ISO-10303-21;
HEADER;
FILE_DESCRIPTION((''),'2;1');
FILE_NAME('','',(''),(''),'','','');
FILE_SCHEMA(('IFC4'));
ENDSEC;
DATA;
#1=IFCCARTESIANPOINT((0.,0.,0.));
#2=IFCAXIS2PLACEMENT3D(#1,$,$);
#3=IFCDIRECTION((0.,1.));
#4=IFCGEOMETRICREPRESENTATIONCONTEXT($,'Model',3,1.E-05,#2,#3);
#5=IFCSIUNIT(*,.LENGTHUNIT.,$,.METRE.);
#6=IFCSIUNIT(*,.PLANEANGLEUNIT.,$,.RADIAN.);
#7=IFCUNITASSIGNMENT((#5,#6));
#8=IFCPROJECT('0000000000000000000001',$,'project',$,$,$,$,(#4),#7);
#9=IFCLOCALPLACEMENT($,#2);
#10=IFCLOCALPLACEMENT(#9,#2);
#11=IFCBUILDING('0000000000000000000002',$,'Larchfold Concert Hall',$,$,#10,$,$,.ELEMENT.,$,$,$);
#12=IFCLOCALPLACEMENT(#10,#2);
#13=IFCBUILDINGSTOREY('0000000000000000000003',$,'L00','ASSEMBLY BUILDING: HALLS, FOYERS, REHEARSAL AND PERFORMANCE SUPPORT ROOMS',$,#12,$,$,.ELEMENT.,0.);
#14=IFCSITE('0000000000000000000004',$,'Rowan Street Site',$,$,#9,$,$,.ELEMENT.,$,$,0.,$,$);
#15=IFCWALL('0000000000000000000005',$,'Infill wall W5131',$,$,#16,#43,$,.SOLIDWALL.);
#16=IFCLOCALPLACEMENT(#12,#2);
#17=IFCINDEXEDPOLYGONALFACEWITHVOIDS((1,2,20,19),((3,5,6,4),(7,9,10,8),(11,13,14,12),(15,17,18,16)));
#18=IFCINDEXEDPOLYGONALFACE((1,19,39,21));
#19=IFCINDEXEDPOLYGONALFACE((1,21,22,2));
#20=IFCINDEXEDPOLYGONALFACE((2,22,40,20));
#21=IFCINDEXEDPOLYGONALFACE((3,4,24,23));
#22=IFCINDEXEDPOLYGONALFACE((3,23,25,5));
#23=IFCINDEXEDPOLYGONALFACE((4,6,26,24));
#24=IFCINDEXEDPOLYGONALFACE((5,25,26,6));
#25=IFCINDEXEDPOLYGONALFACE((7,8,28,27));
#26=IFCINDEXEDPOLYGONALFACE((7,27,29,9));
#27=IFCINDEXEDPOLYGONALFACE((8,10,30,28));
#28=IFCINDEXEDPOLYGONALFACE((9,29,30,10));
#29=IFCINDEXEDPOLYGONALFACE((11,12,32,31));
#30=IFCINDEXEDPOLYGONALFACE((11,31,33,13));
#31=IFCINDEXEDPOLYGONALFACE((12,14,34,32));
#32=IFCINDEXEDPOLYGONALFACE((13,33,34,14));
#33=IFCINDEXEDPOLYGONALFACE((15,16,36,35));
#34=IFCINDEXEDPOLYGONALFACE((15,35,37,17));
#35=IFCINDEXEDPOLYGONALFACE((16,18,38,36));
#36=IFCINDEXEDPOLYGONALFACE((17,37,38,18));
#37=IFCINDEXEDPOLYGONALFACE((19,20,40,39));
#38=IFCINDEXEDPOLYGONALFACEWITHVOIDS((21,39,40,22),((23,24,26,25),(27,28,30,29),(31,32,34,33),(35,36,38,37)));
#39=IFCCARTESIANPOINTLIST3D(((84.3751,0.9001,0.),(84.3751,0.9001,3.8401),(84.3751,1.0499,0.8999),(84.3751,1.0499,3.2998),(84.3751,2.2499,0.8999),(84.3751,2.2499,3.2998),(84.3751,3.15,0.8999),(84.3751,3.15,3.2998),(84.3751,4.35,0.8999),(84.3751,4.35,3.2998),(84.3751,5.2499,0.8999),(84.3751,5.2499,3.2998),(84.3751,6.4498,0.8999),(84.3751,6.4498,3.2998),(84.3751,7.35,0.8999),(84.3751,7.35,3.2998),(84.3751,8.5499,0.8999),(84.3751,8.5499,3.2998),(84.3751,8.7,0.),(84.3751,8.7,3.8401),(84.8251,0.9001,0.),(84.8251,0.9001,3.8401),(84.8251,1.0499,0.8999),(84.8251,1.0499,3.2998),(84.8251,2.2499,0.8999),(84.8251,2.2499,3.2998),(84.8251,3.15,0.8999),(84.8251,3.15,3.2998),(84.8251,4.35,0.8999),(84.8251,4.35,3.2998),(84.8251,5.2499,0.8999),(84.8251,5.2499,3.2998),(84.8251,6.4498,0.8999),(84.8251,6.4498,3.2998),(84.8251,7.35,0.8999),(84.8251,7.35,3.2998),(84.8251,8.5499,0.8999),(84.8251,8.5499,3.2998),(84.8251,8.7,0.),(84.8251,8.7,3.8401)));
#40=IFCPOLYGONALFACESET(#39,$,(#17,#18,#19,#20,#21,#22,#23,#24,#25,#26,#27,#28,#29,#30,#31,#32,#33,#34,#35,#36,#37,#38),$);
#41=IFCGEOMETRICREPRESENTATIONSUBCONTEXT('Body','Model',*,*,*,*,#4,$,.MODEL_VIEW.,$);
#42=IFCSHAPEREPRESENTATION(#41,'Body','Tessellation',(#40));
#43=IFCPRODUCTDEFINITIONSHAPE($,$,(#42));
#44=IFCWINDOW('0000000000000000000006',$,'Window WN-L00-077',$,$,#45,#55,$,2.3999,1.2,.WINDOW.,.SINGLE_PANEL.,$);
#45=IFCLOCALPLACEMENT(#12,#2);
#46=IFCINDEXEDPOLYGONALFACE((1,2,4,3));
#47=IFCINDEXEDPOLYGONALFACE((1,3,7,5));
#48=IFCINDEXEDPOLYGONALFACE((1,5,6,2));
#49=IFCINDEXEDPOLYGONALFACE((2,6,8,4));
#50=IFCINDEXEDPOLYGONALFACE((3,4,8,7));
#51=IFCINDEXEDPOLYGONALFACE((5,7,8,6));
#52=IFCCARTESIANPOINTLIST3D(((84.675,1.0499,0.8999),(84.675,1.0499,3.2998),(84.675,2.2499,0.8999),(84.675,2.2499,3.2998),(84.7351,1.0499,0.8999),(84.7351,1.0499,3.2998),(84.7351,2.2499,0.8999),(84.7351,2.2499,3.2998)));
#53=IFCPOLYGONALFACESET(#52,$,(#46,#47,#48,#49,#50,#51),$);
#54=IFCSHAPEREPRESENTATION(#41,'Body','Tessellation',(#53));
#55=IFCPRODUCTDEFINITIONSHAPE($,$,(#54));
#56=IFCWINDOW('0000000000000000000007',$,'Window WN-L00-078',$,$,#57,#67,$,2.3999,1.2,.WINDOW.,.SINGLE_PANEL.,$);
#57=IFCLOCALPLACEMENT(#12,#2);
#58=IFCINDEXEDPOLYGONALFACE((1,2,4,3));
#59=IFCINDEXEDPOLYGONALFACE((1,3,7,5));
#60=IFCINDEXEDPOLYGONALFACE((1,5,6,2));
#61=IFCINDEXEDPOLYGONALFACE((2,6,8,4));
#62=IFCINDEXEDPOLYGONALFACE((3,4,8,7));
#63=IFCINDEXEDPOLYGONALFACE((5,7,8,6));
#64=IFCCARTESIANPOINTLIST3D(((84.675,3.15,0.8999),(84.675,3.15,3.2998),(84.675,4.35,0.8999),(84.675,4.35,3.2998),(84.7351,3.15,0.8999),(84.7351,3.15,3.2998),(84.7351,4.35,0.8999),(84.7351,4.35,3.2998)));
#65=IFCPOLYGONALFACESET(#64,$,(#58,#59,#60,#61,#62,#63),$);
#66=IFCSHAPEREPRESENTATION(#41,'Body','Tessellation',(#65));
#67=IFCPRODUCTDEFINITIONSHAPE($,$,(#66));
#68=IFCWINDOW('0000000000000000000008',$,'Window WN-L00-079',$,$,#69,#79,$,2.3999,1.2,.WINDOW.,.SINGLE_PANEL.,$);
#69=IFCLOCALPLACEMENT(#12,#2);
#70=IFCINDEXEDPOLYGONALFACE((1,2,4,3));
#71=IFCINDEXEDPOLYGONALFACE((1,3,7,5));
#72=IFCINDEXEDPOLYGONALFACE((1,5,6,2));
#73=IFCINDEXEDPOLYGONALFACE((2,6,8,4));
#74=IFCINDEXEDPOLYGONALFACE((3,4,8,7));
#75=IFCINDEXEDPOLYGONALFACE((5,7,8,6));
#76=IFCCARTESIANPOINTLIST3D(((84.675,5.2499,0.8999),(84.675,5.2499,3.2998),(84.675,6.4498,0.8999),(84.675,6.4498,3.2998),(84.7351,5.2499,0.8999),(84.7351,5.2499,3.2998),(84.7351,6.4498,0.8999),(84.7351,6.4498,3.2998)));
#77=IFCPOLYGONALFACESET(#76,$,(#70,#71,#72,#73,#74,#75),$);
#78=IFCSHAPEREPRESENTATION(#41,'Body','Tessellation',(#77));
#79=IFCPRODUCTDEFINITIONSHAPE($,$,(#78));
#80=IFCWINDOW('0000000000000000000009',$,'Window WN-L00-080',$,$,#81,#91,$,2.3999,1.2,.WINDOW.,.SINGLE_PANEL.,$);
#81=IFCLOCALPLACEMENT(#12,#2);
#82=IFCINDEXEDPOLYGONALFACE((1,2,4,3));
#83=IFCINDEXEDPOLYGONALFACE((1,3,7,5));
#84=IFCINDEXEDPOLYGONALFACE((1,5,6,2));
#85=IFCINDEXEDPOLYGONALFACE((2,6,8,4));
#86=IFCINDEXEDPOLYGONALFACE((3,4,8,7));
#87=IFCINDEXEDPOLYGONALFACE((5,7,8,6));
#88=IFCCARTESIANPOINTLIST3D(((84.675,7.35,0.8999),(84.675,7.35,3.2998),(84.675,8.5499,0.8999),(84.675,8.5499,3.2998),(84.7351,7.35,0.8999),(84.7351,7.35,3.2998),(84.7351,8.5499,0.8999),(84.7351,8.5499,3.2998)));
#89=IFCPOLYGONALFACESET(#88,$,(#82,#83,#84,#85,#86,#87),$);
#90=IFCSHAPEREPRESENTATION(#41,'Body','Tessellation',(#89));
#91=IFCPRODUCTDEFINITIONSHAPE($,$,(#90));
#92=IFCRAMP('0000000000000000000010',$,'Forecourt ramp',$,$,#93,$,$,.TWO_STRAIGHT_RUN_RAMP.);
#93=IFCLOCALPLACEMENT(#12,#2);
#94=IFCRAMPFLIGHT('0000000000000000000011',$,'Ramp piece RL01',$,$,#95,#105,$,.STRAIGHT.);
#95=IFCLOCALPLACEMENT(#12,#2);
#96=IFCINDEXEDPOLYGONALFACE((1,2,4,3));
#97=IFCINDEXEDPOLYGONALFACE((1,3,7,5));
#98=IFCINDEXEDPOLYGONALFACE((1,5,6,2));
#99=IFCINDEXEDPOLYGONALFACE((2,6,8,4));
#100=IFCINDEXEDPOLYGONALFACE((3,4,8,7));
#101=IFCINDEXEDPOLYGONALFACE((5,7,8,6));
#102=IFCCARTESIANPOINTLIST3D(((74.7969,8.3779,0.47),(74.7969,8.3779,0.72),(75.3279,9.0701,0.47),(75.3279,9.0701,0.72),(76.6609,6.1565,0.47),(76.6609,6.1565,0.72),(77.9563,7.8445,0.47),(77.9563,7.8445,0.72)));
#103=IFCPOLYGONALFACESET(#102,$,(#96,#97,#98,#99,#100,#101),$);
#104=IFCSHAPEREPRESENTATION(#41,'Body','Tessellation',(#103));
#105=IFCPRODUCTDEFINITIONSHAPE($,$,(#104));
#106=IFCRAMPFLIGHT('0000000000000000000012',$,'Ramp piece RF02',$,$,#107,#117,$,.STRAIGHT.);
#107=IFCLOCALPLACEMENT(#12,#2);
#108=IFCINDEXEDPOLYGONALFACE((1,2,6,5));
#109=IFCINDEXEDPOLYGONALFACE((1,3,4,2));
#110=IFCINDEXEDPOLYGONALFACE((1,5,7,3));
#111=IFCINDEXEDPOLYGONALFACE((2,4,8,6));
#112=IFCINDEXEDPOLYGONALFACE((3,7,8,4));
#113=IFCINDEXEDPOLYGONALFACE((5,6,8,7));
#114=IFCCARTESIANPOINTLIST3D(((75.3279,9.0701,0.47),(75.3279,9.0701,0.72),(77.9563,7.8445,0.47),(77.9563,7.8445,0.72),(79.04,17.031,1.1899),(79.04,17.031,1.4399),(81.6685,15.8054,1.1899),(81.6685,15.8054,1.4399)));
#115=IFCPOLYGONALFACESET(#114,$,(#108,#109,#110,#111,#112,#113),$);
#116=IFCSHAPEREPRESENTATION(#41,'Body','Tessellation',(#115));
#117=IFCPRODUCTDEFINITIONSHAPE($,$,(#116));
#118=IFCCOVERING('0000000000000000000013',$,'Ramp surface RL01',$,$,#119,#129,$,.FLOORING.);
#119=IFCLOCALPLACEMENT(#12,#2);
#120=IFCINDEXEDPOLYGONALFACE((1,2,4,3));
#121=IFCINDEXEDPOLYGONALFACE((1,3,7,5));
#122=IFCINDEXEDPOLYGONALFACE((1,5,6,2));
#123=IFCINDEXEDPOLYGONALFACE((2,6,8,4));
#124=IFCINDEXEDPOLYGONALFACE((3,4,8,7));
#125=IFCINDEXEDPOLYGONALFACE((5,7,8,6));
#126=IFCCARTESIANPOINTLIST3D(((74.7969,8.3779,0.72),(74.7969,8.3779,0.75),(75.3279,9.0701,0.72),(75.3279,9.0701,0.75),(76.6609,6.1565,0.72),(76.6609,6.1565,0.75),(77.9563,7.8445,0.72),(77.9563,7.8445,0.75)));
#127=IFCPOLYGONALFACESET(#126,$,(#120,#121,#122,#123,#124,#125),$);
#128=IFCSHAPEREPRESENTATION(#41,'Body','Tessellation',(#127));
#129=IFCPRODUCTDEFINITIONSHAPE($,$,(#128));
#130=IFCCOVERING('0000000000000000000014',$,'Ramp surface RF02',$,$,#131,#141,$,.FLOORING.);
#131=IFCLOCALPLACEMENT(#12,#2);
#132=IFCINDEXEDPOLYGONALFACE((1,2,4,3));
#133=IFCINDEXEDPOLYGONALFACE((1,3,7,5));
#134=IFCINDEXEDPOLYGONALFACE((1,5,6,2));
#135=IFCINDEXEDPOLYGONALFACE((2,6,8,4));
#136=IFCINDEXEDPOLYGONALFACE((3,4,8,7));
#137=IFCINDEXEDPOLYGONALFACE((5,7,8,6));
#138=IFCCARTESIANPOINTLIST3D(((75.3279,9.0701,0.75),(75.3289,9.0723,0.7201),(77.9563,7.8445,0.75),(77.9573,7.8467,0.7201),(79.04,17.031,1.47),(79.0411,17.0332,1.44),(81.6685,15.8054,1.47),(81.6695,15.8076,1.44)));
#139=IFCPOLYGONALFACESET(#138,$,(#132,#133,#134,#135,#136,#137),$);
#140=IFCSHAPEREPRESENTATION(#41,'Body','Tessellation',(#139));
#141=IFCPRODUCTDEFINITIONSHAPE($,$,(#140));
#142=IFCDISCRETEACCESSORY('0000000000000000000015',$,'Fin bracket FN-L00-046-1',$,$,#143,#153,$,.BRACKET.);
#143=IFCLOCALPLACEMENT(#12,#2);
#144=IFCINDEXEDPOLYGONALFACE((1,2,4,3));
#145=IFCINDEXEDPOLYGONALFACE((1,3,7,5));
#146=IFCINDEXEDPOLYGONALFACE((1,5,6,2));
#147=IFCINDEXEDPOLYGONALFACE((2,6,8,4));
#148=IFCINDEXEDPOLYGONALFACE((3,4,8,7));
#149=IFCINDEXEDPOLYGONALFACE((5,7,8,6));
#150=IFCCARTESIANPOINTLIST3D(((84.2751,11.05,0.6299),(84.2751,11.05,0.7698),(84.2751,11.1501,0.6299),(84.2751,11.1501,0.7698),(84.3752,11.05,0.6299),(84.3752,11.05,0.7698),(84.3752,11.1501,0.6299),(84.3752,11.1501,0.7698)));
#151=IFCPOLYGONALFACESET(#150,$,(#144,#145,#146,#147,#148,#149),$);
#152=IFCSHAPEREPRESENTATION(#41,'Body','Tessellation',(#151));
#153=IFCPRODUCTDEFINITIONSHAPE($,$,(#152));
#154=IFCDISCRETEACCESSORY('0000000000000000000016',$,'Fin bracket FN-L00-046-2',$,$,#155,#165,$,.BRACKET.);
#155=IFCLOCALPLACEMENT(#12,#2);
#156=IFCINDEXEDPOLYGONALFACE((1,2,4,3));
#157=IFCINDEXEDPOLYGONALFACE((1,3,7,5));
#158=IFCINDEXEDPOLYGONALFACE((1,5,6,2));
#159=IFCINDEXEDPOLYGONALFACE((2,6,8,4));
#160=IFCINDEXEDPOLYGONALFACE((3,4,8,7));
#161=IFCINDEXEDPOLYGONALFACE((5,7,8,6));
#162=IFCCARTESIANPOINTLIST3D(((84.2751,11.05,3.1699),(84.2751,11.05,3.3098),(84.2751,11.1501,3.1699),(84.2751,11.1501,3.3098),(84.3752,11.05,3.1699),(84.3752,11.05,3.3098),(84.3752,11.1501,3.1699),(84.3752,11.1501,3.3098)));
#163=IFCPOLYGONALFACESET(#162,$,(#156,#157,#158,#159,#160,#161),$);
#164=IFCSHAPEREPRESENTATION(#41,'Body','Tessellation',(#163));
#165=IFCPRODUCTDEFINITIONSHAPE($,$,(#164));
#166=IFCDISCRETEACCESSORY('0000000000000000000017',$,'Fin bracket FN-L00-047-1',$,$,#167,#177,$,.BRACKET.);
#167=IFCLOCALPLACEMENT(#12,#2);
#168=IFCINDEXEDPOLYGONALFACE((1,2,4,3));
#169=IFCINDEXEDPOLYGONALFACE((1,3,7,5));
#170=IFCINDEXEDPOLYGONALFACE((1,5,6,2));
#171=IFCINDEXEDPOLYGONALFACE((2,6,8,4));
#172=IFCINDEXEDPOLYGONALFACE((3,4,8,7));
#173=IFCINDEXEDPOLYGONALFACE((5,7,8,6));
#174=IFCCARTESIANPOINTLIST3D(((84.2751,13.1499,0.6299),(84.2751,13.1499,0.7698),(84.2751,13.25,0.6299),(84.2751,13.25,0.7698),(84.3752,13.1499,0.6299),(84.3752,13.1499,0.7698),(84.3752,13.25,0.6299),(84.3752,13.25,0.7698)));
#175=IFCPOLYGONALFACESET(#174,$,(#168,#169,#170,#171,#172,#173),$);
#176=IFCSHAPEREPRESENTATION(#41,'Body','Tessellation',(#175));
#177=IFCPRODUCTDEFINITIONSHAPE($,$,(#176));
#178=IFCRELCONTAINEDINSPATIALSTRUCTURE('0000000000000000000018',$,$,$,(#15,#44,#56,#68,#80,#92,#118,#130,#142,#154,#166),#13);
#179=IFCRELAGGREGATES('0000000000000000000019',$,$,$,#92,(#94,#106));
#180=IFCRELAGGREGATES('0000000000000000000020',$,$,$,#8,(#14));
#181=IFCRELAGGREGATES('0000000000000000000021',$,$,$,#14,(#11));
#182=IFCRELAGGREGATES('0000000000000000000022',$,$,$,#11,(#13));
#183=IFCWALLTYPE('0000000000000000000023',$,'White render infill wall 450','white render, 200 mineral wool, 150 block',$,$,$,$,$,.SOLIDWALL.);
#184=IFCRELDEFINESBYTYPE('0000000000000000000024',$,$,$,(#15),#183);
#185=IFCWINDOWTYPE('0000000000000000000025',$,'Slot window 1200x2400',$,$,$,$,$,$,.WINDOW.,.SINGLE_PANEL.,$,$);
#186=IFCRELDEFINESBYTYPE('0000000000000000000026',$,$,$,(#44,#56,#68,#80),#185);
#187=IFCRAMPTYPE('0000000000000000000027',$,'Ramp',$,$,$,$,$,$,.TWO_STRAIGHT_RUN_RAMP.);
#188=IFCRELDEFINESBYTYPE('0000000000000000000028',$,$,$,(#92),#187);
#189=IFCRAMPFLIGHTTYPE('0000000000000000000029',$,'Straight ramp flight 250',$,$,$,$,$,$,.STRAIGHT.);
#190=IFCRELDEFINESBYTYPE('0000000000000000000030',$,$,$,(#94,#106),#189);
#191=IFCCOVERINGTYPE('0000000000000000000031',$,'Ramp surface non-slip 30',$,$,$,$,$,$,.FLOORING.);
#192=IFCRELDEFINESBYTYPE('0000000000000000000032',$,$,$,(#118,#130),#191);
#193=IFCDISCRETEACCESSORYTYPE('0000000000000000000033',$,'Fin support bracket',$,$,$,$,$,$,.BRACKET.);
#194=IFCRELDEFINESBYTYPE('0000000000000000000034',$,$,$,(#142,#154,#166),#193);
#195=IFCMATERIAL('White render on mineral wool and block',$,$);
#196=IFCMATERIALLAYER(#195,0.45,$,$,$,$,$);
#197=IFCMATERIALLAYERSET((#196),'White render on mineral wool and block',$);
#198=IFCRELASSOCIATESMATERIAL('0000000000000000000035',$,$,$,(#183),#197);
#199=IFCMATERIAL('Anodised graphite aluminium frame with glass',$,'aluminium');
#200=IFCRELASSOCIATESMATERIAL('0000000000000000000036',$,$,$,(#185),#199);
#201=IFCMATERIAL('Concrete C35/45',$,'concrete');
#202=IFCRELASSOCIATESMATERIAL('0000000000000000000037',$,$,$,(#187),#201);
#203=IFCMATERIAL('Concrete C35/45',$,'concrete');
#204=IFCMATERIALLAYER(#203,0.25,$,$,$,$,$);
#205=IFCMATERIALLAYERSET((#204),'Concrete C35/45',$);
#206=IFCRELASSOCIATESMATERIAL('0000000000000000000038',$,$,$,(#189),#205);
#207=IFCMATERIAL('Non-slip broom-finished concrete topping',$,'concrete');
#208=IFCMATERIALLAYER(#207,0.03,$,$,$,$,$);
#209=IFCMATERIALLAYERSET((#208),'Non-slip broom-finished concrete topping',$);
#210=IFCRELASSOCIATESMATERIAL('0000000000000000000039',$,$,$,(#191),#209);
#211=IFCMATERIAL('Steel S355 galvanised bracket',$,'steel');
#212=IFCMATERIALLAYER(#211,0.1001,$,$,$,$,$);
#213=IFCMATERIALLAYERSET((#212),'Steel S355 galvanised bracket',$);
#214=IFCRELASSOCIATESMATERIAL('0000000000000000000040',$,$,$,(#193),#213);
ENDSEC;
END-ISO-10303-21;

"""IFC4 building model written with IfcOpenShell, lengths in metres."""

from ifc_helpers import new_model, si_unit, direction, frame, frame_2d, origin, origin_2d, place, context, subcontext, project, spatial, polyline, rectangle, outline, extrude, material, layer, layer_set, type_object, element, fill, aggregate, save


model = new_model("IFC4")

# Units and contexts
model_context = context("Model", 3, precision=1e-05, world=origin(), true_north=direction((0.0, 1.0)))
body_context = subcontext(model_context, "Body", "Model", "MODEL_VIEW")
ifc_project = project(units=[si_unit("LENGTHUNIT", "METRE"), si_unit("PLANEANGLEUNIT", "RADIAN")], contexts=[model_context])

# Site, building, storey
site_placement = place(None, origin())
site = spatial("IfcSite", under=ifc_project, at=site_placement, Name="Rowan Street Site", CompositionType="ELEMENT", RefElevation=0.0)
building_placement = place(site_placement, origin())
building = spatial("IfcBuilding", under=site, at=building_placement, Name="Larchfold Concert Hall", CompositionType="ELEMENT")
storey_placement = place(building_placement, origin())
storey = spatial("IfcBuildingStorey", under=building, at=storey_placement, Name="L00", Description="ASSEMBLY BUILDING: HALLS, FOYERS, REHEARSAL AND PERFORMANCE SUPPORT ROOMS", CompositionType="ELEMENT", Elevation=0.0)

# Wall, openings, windows
ifc_material_1 = material(Name="White render on mineral wool and block")
ifc_layer_1 = layer(ifc_material_1, 0.45)
ifc_layer_set_1 = layer_set([ifc_layer_1], Name="White render on mineral wool and block")
wall_type_1 = type_object("IfcWallType", Name="White render infill wall 450", Description="white render, 200 mineral wool, 150 block", PredefinedType="SOLIDWALL", material=ifc_layer_set_1)
wall_1_placement = place(storey_placement, frame((84.6001, 8.7, 0.0), z_axis=(0.0, 0.0, 1.0), x_axis=(0.0, -1.0, 0.0)))
wall_1 = element("IfcWall", 1, at=wall_1_placement, inside=storey, type_object=wall_type_1, Name="Infill wall W5131", PredefinedType="SOLIDWALL", context=body_context, shape_type="SweptSolid", body=[
    extrude(rectangle(XDim=7.7998, YDim=0.45, at=frame_2d((3.8999, 0.0))), origin(), (0.0, 0.0, 1.0), 3.8401),
])
opening_1_placement = place(wall_1_placement, frame((6.45, 0.0, 0.8999)))
opening_1 = element("IfcOpeningElement", 2, at=opening_1_placement, cuts=wall_1, PredefinedType="OPENING", context=body_context, shape_type="SweptSolid", body=[
    extrude(rectangle(XDim=1.2, YDim=2.3999, at=frame_2d((0.6001, 1.2))), frame((0.0, 0.2349, 0.0), z_axis=(0.0, -1.0, 0.0), x_axis=(1.0, 0.0, 0.0)), (0.0, 0.0, 1.0), 0.47),
])
opening_2_placement = place(wall_1_placement, frame((4.3499, 0.0, 0.8999)))
opening_2 = element("IfcOpeningElement", 3, at=opening_2_placement, cuts=wall_1, PredefinedType="OPENING", context=body_context, shape_type="SweptSolid", body=[
    extrude(rectangle(XDim=1.2, YDim=2.3999, at=frame_2d((0.6001, 1.2))), frame((0.0, 0.2349, 0.0), z_axis=(0.0, -1.0, 0.0), x_axis=(1.0, 0.0, 0.0)), (0.0, 0.0, 1.0), 0.47),
])
opening_3_placement = place(wall_1_placement, frame((2.25, 0.0, 0.8999)))
opening_3 = element("IfcOpeningElement", 4, at=opening_3_placement, cuts=wall_1, PredefinedType="OPENING", context=body_context, shape_type="SweptSolid", body=[
    extrude(rectangle(XDim=1.2, YDim=2.3999, at=frame_2d((0.6001, 1.2))), frame((0.0, 0.2349, 0.0), z_axis=(0.0, -1.0, 0.0), x_axis=(1.0, 0.0, 0.0)), (0.0, 0.0, 1.0), 0.47),
])
opening_4_placement = place(wall_1_placement, frame((0.1499, 0.0, 0.8999)))
opening_4 = element("IfcOpeningElement", 5, at=opening_4_placement, cuts=wall_1, PredefinedType="OPENING", context=body_context, shape_type="SweptSolid", body=[
    extrude(rectangle(XDim=1.2, YDim=2.3999, at=frame_2d((0.6001, 1.2))), frame((0.0, 0.2349, 0.0), z_axis=(0.0, -1.0, 0.0), x_axis=(1.0, 0.0, 0.0)), (0.0, 0.0, 1.0), 0.47),
])
ifc_material_2 = material(Name="Anodised graphite aluminium frame with glass", Category="aluminium")
window_type = type_object("IfcWindowType", Name="Slot window 1200x2400", PartitioningType="SINGLE_PANEL", PredefinedType="WINDOW", material=ifc_material_2)
window_1_placement = place(opening_1_placement, origin())
window_1 = element("IfcWindow", 6, at=window_1_placement, inside=storey, type_object=window_type, Name="Window WN-L00-077", OverallHeight=2.3999, OverallWidth=1.2, PartitioningType="SINGLE_PANEL", PredefinedType="WINDOW", context=body_context, shape_type="SweptSolid", body=[
    extrude(rectangle(XDim=1.2, YDim=2.3999, at=frame_2d((0.6001, 1.2))), frame((0.0, 0.135, 0.0), z_axis=(0.0, -1.0, 0.0), x_axis=(1.0, 0.0, 0.0)), (0.0, 0.0, 1.0), 0.0601),
])
fill(opening_1, window_1)
window_2_placement = place(opening_2_placement, origin())
window_2 = element("IfcWindow", 7, at=window_2_placement, inside=storey, type_object=window_type, Name="Window WN-L00-078", OverallHeight=2.3999, OverallWidth=1.2, PartitioningType="SINGLE_PANEL", PredefinedType="WINDOW", context=body_context, shape_type="SweptSolid", body=[
    extrude(rectangle(XDim=1.2, YDim=2.3999, at=frame_2d((0.6001, 1.2))), frame((0.0, 0.135, 0.0), z_axis=(0.0, -1.0, 0.0), x_axis=(1.0, 0.0, 0.0)), (0.0, 0.0, 1.0), 0.0601),
])
fill(opening_2, window_2)
window_3_placement = place(opening_3_placement, origin())
window_3 = element("IfcWindow", 8, at=window_3_placement, inside=storey, type_object=window_type, Name="Window WN-L00-079", OverallHeight=2.3999, OverallWidth=1.2, PartitioningType="SINGLE_PANEL", PredefinedType="WINDOW", context=body_context, shape_type="SweptSolid", body=[
    extrude(rectangle(XDim=1.2, YDim=2.3999, at=frame_2d((0.6001, 1.2))), frame((0.0, 0.135, 0.0), z_axis=(0.0, -1.0, 0.0), x_axis=(1.0, 0.0, 0.0)), (0.0, 0.0, 1.0), 0.0601),
])
fill(opening_3, window_3)
window_4_placement = place(opening_4_placement, origin())
window_4 = element("IfcWindow", 9, at=window_4_placement, inside=storey, type_object=window_type, Name="Window WN-L00-080", OverallHeight=2.3999, OverallWidth=1.2, PartitioningType="SINGLE_PANEL", PredefinedType="WINDOW", context=body_context, shape_type="SweptSolid", body=[
    extrude(rectangle(XDim=1.2, YDim=2.3999, at=frame_2d((0.6001, 1.2))), frame((0.0, 0.135, 0.0), z_axis=(0.0, -1.0, 0.0), x_axis=(1.0, 0.0, 0.0)), (0.0, 0.0, 1.0), 0.0601),
])
fill(opening_4, window_4)

# Ramp, ramp flights
ifc_material_3 = material(Name="Concrete C35/45", Category="concrete")
ramp_type = type_object("IfcRampType", Name="Ramp", PredefinedType="TWO_STRAIGHT_RUN_RAMP", material=ifc_material_3)
ramp_placement = place(storey_placement, origin())
ramp = element("IfcRamp", 10, at=ramp_placement, inside=storey, type_object=ramp_type, Name="Forecourt ramp", PredefinedType="TWO_STRAIGHT_RUN_RAMP")
ifc_material_4 = material(Name="Concrete C35/45", Category="concrete")
ifc_layer_2 = layer(ifc_material_4, 0.25)
ifc_layer_set_2 = layer_set([ifc_layer_2], Name="Concrete C35/45")
ramp_flight_type = type_object("IfcRampFlightType", Name="Straight ramp flight 250", PredefinedType="STRAIGHT", material=ifc_layer_set_2)
ramp_flight_1_placement = place(storey_placement, frame((74.7969, 8.3779, 0.72), z_axis=(0.0, 0.0, 1.0), x_axis=(0.608696, 0.793404, 0.0)))
ramp_flight_1 = element("IfcRampFlight", 11, at=ramp_flight_1_placement, type_object=ramp_flight_type, Name="Ramp piece RL01", PredefinedType="STRAIGHT", context=body_context, shape_type="SweptSolid", body=[
    extrude(outline(polyline([(0.0, 0.0), (0.8724, 0.0), (1.4999, -2.8314), (-0.6279, -2.8311), (0.0, 0.0)])), origin(), (0.0, 0.0, -1.0), 0.25),
])
ramp_flight_2_placement = place(storey_placement, frame((75.3279, 9.0701, 0.72), z_axis=(-0.034523, -0.074038, 0.996658), x_axis=(0.421198, 0.903282, 0.081691)))
ramp_flight_2 = element("IfcRampFlight", 12, at=ramp_flight_2_placement, type_object=ramp_flight_type, Name="Ramp piece RF02", PredefinedType="STRAIGHT", context=body_context, shape_type="SweptSolid", body=[
    extrude(outline(polyline([(0.0, 0.0), (8.8133, 0.0), (8.8134, -2.9001), (0.0, -2.9001), (0.0, 0.0)])), origin(), (-0.081691, -0.000001, -0.996658), 0.25),
])
aggregate(ramp, [ramp_flight_1, ramp_flight_2])

# Coverings
ifc_material_5 = material(Name="Non-slip broom-finished concrete topping", Category="concrete")
ifc_layer_3 = layer(ifc_material_5, 0.03)
ifc_layer_set_3 = layer_set([ifc_layer_3], Name="Non-slip broom-finished concrete topping")
covering_type = type_object("IfcCoveringType", Name="Ramp surface non-slip 30", PredefinedType="FLOORING", material=ifc_layer_set_3)
covering_1_placement = place(storey_placement, frame((74.7969, 8.3779, 0.75), z_axis=(0.0, 0.0, 1.0), x_axis=(0.608696, 0.793404, 0.0)))
element("IfcCovering", 13, at=covering_1_placement, inside=storey, type_object=covering_type, Name="Ramp surface RL01", PredefinedType="FLOORING", context=body_context, shape_type="SweptSolid", body=[
    extrude(outline(polyline([(0.0, 0.0), (0.8724, 0.0), (1.4999, -2.8314), (-0.6279, -2.8311), (0.0, 0.0)])), origin(), (0.0, 0.0, -1.0), 0.03),
])
covering_2_placement = place(storey_placement, frame((75.3279, 9.0701, 0.75), z_axis=(-0.034523, -0.074038, 0.996658), x_axis=(0.421198, 0.903282, 0.081691)))
element("IfcCovering", 14, at=covering_2_placement, inside=storey, type_object=covering_type, Name="Ramp surface RF02", PredefinedType="FLOORING", context=body_context, shape_type="SweptSolid", body=[
    extrude(outline(polyline([(0.0, 0.0), (8.8133, 0.0), (8.8134, -2.9001), (0.0, -2.9001), (0.0, 0.0)])), origin(), (0.0, 0.0, -1.0), 0.03),
])

# Discrete accessories
ifc_material_6 = material(Name="Steel S355 galvanised bracket", Category="steel")
ifc_layer_4 = layer(ifc_material_6, 0.1001)
ifc_layer_set_4 = layer_set([ifc_layer_4], Name="Steel S355 galvanised bracket")
discrete_accessory_type = type_object("IfcDiscreteAccessoryType", Name="Fin support bracket", PredefinedType="BRACKET", material=ifc_layer_set_4)
for number, where, z_axis, x_axis, name in (
    (15, (84.3252, 11.1001, 0.6299), (0.0, 0.0, 1.0), (-1.0, 0.0, 0.0), "Fin bracket FN-L00-046-1"),
    (16, (84.3252, 11.1001, 3.1699), (0.0, 0.0, 1.0), (-1.0, 0.0, 0.0), "Fin bracket FN-L00-046-2"),
    (17, (84.3252, 13.2, 0.6299), (0.0, 0.0, 1.0), (-1.0, 0.0, 0.0), "Fin bracket FN-L00-047-1"),
):
    element("IfcDiscreteAccessory", number, at=place(storey_placement, frame(where, z_axis=z_axis, x_axis=x_axis)), inside=storey, type_object=discrete_accessory_type, Name=name, PredefinedType="BRACKET", context=body_context, shape_type="SweptSolid", body=[
        extrude(rectangle(XDim=0.1001, YDim=0.1001, at=origin_2d()), origin(), (0.0, 0.0, 1.0), 0.1399),
    ])

save(model, "model.ifc")
